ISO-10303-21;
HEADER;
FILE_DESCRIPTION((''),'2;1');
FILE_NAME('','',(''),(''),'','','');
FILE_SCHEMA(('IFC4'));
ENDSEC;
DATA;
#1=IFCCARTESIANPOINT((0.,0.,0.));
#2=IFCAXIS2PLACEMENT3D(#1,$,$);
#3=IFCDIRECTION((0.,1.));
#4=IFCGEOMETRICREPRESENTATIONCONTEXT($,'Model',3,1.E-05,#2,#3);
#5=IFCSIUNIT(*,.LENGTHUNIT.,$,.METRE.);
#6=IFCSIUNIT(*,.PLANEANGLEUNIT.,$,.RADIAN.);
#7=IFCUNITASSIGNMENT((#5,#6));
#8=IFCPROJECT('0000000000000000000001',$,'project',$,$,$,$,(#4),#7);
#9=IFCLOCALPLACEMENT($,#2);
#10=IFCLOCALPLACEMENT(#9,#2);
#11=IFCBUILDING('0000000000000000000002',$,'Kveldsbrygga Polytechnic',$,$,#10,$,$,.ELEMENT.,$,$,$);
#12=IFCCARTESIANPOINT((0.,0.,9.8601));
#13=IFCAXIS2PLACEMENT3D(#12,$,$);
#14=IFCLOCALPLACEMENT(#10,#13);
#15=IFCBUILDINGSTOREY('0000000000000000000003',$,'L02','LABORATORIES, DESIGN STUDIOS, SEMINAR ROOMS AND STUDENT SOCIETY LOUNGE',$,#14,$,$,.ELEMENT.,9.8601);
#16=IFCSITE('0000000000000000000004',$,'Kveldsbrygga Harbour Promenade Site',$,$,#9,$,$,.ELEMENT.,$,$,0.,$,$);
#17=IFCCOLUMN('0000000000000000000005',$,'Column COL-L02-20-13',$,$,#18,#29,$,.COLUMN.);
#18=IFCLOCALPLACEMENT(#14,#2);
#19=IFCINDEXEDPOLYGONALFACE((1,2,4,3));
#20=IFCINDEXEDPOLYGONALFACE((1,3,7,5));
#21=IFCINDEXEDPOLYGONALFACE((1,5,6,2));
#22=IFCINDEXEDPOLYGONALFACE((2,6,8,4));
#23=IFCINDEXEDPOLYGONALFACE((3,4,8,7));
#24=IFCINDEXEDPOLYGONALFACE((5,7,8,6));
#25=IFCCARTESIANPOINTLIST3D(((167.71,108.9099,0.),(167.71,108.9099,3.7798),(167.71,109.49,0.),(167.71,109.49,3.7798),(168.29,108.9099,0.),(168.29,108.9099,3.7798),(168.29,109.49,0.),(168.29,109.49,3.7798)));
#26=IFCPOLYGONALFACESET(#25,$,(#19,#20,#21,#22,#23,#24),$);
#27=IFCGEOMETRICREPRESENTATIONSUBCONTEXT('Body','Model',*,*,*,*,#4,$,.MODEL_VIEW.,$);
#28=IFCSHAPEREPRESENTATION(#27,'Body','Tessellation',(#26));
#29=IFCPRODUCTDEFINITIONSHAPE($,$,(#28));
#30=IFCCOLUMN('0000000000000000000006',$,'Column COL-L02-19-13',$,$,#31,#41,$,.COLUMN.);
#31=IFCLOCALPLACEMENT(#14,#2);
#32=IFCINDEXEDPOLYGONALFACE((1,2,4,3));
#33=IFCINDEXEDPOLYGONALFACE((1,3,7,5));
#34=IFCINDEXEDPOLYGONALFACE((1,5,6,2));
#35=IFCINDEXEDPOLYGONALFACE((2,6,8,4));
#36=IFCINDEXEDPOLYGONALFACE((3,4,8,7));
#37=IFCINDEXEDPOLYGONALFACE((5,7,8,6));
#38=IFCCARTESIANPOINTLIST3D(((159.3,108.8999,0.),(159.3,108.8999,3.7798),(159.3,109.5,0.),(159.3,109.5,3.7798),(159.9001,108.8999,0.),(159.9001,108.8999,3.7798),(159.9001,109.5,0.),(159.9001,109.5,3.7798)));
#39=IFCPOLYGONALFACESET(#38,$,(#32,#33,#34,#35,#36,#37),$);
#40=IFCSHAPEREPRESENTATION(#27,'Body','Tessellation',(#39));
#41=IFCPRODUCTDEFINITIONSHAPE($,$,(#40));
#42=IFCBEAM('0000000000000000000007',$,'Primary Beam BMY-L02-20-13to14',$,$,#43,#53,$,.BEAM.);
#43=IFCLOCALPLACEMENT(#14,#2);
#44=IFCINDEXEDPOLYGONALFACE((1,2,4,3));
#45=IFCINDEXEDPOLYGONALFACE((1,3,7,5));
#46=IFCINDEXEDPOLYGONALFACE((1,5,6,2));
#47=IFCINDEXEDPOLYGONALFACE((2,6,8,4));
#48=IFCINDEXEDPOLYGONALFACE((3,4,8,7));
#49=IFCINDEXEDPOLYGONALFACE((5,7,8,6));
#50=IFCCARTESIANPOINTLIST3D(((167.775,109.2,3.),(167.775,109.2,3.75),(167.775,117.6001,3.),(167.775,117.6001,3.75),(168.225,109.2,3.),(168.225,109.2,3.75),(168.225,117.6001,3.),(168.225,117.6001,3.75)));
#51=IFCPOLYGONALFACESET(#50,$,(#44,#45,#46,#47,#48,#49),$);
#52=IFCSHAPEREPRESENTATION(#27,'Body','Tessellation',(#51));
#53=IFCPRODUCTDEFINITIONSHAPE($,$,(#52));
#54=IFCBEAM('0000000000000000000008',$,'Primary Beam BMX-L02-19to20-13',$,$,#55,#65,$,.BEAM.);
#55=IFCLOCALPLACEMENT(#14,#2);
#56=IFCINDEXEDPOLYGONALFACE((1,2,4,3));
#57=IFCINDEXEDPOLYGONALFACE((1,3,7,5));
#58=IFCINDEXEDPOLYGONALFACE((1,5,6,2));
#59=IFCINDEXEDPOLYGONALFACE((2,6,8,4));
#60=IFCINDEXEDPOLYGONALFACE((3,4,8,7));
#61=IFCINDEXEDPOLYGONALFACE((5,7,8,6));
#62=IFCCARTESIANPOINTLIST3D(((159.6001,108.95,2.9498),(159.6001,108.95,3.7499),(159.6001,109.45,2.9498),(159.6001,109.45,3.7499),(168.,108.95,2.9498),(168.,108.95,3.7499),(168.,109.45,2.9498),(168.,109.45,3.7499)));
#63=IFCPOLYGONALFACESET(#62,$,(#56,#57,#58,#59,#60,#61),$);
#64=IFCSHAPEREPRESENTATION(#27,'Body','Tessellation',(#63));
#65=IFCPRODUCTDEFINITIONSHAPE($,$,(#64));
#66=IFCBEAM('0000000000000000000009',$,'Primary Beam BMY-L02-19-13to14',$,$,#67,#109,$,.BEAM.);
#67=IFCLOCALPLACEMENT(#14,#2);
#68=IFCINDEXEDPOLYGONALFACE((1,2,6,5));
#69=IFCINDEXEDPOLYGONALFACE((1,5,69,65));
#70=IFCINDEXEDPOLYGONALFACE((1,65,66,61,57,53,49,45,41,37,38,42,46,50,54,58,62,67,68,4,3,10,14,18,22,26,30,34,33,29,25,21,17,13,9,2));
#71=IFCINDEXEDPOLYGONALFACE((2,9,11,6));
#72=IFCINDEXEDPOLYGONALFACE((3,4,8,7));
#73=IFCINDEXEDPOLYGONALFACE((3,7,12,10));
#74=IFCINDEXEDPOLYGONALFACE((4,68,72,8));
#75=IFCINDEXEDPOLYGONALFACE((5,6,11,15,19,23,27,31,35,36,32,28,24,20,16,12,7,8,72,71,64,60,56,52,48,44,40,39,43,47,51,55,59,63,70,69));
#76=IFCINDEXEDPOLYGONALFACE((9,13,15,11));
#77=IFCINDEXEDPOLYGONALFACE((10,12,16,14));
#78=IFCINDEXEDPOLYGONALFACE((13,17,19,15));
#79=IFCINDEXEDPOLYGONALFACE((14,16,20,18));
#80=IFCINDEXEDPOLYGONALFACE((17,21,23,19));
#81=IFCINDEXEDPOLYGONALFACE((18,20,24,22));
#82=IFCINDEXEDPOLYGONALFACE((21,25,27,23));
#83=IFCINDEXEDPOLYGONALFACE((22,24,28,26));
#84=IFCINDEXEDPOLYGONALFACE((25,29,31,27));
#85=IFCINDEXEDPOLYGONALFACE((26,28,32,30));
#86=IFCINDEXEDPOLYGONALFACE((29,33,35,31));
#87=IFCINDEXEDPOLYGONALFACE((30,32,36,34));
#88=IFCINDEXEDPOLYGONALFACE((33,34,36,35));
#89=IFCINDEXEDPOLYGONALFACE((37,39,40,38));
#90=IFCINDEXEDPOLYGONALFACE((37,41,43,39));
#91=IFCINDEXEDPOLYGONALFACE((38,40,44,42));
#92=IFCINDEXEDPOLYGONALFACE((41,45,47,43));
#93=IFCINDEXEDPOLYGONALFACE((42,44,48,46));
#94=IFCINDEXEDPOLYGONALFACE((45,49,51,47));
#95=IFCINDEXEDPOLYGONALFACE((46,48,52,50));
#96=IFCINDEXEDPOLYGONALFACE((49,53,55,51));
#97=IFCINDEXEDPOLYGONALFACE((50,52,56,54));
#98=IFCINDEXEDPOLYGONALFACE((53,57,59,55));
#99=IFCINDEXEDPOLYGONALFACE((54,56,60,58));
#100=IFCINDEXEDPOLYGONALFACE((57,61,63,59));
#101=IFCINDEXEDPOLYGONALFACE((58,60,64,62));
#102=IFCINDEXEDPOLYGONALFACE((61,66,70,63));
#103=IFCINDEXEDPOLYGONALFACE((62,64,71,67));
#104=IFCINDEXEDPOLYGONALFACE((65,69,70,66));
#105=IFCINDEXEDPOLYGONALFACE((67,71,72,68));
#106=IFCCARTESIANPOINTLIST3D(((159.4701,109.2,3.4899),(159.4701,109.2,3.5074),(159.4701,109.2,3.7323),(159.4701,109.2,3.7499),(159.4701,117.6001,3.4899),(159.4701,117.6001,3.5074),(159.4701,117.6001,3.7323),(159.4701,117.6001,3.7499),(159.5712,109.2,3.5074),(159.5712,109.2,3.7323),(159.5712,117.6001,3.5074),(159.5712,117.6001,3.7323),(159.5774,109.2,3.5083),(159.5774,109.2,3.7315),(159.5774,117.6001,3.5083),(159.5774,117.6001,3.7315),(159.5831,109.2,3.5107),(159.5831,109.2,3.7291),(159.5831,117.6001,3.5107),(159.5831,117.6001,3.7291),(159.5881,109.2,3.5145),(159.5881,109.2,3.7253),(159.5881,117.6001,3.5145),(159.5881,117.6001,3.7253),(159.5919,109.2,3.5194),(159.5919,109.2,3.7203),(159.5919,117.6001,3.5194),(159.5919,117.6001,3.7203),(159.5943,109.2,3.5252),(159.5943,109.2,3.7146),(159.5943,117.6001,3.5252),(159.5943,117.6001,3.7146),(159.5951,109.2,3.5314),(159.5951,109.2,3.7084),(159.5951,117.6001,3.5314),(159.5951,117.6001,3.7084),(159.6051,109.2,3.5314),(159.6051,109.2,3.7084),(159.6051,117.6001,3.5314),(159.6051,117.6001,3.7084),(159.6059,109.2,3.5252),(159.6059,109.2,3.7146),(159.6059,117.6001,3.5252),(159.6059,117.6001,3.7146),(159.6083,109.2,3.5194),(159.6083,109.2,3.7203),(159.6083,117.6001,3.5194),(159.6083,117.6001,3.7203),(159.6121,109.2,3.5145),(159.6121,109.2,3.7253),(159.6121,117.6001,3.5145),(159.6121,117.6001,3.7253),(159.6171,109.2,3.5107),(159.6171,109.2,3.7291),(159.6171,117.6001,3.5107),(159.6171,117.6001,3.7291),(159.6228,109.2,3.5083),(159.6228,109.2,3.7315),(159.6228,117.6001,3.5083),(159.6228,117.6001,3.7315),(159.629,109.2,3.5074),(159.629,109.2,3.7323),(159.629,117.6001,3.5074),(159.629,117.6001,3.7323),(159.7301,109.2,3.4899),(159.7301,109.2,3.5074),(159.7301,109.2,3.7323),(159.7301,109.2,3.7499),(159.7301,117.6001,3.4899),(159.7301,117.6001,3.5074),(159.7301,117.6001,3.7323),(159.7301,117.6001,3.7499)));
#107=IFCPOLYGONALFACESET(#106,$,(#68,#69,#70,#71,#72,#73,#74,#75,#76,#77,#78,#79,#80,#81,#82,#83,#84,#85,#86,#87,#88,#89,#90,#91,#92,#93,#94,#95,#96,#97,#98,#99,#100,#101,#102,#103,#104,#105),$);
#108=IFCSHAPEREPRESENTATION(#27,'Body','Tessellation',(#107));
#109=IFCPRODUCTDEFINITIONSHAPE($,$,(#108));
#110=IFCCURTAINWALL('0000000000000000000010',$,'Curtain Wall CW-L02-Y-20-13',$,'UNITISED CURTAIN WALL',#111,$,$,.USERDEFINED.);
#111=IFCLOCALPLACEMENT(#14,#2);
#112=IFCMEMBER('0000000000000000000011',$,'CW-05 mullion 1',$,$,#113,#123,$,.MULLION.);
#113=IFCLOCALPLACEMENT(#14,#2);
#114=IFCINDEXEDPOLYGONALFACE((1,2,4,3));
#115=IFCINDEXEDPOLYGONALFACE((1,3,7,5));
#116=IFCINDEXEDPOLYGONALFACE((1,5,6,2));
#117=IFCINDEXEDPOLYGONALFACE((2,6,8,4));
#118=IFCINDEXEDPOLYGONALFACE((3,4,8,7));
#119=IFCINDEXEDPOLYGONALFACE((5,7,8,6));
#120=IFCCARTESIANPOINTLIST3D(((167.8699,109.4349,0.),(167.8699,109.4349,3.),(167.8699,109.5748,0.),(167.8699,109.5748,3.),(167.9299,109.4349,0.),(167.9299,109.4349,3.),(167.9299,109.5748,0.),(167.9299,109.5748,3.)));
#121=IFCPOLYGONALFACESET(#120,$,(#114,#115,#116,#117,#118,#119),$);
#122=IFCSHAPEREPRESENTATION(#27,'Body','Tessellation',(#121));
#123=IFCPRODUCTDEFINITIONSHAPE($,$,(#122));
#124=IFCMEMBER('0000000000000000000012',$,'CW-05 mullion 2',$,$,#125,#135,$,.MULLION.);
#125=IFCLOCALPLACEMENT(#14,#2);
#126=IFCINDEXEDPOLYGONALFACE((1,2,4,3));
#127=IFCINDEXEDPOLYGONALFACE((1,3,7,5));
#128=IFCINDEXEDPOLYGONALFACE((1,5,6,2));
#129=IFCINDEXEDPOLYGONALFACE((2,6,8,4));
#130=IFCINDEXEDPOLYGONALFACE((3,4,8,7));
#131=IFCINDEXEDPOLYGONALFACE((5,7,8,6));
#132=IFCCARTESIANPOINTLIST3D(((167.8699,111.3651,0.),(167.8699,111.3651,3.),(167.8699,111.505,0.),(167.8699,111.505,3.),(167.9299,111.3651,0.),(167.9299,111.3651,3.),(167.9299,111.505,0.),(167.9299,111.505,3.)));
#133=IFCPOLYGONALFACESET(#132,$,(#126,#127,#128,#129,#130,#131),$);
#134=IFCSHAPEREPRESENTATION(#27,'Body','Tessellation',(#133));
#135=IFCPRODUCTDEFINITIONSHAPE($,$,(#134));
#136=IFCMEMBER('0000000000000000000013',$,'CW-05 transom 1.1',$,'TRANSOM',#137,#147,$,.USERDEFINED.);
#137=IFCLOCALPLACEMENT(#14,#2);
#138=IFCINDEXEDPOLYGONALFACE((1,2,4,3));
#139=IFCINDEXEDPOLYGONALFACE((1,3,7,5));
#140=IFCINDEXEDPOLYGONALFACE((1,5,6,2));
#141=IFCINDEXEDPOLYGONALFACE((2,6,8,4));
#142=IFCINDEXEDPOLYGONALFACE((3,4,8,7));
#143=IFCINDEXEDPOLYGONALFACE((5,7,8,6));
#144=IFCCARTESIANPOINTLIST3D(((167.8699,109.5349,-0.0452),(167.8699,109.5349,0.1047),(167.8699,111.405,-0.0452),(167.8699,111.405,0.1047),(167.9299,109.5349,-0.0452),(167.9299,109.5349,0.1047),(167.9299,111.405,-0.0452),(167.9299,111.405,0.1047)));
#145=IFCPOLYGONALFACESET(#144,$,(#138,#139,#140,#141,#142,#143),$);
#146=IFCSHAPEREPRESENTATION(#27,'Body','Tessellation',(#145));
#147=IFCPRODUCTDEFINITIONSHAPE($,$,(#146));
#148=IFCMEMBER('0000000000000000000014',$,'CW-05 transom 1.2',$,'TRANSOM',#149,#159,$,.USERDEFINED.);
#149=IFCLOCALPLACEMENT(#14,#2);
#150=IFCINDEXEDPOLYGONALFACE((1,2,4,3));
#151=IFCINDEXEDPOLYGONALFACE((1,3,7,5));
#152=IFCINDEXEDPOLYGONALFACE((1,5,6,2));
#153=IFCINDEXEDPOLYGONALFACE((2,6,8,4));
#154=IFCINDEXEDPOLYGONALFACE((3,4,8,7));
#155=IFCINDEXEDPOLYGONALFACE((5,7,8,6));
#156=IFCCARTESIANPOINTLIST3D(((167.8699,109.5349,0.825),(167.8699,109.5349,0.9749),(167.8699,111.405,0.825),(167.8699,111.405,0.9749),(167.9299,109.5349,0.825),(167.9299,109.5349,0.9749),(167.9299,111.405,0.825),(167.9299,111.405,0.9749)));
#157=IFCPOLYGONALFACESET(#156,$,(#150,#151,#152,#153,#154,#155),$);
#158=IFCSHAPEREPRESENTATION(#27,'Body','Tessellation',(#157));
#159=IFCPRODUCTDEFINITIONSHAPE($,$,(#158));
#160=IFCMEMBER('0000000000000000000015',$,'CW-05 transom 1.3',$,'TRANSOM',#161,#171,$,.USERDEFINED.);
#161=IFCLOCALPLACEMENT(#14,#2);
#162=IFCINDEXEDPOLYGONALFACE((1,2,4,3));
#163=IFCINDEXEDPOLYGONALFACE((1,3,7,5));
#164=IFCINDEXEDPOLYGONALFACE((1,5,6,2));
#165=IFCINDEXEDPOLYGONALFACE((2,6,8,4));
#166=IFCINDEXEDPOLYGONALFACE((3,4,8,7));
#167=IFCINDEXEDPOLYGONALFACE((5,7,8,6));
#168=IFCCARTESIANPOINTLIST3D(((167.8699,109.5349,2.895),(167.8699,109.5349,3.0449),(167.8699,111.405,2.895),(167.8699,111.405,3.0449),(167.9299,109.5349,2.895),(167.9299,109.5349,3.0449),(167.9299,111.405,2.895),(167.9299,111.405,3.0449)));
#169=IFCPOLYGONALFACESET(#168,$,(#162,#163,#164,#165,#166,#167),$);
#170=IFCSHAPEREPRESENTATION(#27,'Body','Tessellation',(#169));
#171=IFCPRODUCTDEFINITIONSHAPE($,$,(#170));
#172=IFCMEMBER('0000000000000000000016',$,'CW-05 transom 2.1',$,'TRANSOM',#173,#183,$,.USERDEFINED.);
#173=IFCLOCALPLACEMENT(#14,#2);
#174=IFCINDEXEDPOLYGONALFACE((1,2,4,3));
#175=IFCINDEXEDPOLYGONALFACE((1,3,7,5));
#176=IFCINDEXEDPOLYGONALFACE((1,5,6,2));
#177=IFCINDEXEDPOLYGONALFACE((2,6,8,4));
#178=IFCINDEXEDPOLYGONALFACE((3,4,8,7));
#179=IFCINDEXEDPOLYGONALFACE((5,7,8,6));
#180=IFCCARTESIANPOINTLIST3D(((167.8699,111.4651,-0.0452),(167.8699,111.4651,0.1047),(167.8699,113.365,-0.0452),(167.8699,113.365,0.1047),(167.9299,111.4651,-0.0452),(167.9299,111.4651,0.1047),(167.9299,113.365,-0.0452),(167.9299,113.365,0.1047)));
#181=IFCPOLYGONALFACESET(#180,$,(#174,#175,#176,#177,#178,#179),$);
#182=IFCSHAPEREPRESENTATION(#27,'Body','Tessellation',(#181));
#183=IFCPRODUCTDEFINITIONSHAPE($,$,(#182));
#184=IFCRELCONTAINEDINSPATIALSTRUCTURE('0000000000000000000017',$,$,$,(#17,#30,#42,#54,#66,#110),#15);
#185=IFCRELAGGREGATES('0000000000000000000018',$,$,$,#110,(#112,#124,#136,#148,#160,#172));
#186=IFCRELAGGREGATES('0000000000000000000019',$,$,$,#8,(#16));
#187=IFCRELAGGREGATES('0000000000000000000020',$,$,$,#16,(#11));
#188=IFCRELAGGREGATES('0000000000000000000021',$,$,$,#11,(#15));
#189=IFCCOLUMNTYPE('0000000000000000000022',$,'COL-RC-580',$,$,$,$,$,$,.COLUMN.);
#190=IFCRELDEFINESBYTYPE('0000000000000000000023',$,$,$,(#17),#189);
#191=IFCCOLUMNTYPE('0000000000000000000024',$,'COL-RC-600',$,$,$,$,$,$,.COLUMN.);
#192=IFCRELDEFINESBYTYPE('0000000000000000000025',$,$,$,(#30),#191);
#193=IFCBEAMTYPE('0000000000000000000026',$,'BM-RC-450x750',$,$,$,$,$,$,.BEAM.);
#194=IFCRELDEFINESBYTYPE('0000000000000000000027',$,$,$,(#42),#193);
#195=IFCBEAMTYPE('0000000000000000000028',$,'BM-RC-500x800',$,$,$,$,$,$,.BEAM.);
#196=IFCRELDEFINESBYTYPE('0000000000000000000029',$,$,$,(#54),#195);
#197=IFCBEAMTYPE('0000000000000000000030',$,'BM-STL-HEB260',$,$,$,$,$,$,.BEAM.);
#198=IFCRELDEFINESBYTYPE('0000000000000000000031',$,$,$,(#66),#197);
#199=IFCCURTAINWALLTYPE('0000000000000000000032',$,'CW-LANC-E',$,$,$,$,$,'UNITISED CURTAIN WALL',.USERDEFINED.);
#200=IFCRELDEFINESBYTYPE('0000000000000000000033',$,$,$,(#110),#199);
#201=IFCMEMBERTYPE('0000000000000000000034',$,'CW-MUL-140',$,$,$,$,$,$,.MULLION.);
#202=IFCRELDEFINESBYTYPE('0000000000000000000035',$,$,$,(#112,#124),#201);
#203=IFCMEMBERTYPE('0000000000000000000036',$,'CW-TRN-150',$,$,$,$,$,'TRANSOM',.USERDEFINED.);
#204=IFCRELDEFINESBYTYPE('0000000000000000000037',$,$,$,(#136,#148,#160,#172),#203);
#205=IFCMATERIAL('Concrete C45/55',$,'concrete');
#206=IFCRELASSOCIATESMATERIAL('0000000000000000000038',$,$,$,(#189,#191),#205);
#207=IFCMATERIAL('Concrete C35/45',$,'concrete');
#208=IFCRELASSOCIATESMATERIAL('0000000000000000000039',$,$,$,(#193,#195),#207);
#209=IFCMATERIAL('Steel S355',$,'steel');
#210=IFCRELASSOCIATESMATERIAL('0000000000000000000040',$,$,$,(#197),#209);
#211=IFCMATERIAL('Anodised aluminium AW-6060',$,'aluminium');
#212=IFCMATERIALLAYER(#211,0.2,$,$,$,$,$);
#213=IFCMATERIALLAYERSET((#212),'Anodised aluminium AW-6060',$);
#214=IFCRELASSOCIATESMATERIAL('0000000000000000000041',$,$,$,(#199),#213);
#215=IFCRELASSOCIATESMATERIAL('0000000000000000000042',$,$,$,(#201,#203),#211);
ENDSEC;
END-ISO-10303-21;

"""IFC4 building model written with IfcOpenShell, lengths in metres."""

from ifc_helpers import new_model, si_unit, direction, frame, origin, origin_2d, place, context, subcontext, project, spatial, rectangle, i_section, extrude, material, layer, layer_set, material_profile, profile_set, type_object, element, aggregate, save


model = new_model("IFC4")

# Units and contexts
model_context = context("Model", 3, precision=1e-05, world=origin(), true_north=direction((0.0, 1.0)))
body_context = subcontext(model_context, "Body", "Model", "MODEL_VIEW")
ifc_project = project(units=[si_unit("LENGTHUNIT", "METRE"), si_unit("PLANEANGLEUNIT", "RADIAN")], contexts=[model_context])

# Site, building, storey
site_placement = place(None, origin())
site = spatial("IfcSite", under=ifc_project, at=site_placement, Name="Kveldsbrygga Harbour Promenade Site", CompositionType="ELEMENT", RefElevation=0.0)
building_placement = place(site_placement, origin())
building = spatial("IfcBuilding", under=site, at=building_placement, Name="Kveldsbrygga Polytechnic", CompositionType="ELEMENT")
storey_placement = place(building_placement, frame((0.0, 0.0, 9.8601)))
storey = spatial("IfcBuildingStorey", under=building, at=storey_placement, Name="L02", Description="LABORATORIES, DESIGN STUDIOS, SEMINAR ROOMS AND STUDENT SOCIETY LOUNGE", CompositionType="ELEMENT", Elevation=9.8601)

# Columns
ifc_material_1 = material(Name="Concrete C45/55", Category="concrete")
ifc_material_profile_1 = material_profile(ifc_material_1, rectangle(XDim=0.5801, YDim=0.5801, at=origin_2d()), Name="RC 580x580")
ifc_profile_set_1 = profile_set([ifc_material_profile_1], Name="Concrete C45/55")
column_type_1 = type_object("IfcColumnType", Name="COL-RC-580", PredefinedType="COLUMN", material=ifc_profile_set_1)
column_1_placement = place(storey_placement, frame((168.0, 109.2, 0.0), z_axis=(0.0, 0.0, 1.0), x_axis=(1.0, 0.0, 0.0)))
element("IfcColumn", 1, at=column_1_placement, inside=storey, type_object=column_type_1, Name="Column COL-L02-20-13", PredefinedType="COLUMN", context=body_context, shape_type="SweptSolid", body=[
    extrude(rectangle(XDim=0.5801, YDim=0.5801, at=origin_2d()), origin(), (0.0, 0.0, 1.0), 3.7798),
])
ifc_material_profile_2 = material_profile(ifc_material_1, rectangle(XDim=0.6001, YDim=0.6001, at=origin_2d()), Name="RC 600x600")
ifc_profile_set_2 = profile_set([ifc_material_profile_2], Name="Concrete C45/55")
column_type_2 = type_object("IfcColumnType", Name="COL-RC-600", PredefinedType="COLUMN", material=ifc_profile_set_2)
column_2_placement = place(storey_placement, frame((159.6001, 109.2, 0.0), z_axis=(0.0, 0.0, 1.0), x_axis=(1.0, 0.0, 0.0)))
element("IfcColumn", 2, at=column_2_placement, inside=storey, type_object=column_type_2, Name="Column COL-L02-19-13", PredefinedType="COLUMN", context=body_context, shape_type="SweptSolid", body=[
    extrude(rectangle(XDim=0.6001, YDim=0.6001, at=origin_2d()), origin(), (0.0, 0.0, 1.0), 3.7798),
])

# Beams
ifc_material_2 = material(Name="Concrete C35/45", Category="concrete")
ifc_material_profile_3 = material_profile(ifc_material_2, rectangle(XDim=0.45, YDim=0.75, at=origin_2d()), Name="RC 450x750")
ifc_profile_set_3 = profile_set([ifc_material_profile_3], Name="Concrete C35/45")
beam_type_1 = type_object("IfcBeamType", Name="BM-RC-450x750", PredefinedType="BEAM", material=ifc_profile_set_3)
beam_1_placement = place(storey_placement, frame((168.0, 109.2, 3.375), z_axis=(0.0, 1.0, 0.0), x_axis=(-1.0, 0.0, 0.0)))
element("IfcBeam", 3, at=beam_1_placement, inside=storey, type_object=beam_type_1, Name="Primary Beam BMY-L02-20-13to14", PredefinedType="BEAM", context=body_context, shape_type="SweptSolid", body=[
    extrude(rectangle(XDim=0.45, YDim=0.75, at=origin_2d()), origin(), (0.0, 0.0, 1.0), 8.4001),
])
ifc_material_profile_4 = material_profile(ifc_material_2, rectangle(XDim=0.5, YDim=0.8, at=origin_2d()), Name="RC 500x800")
ifc_profile_set_4 = profile_set([ifc_material_profile_4], Name="Concrete C35/45")
beam_type_2 = type_object("IfcBeamType", Name="BM-RC-500x800", PredefinedType="BEAM", material=ifc_profile_set_4)
beam_2_placement = place(storey_placement, frame((159.6001, 109.2, 3.3499), z_axis=(1.0, 0.0, 0.0), x_axis=(0.0, 1.0, 0.0)))
element("IfcBeam", 4, at=beam_2_placement, inside=storey, type_object=beam_type_2, Name="Primary Beam BMX-L02-19to20-13", PredefinedType="BEAM", context=body_context, shape_type="SweptSolid", body=[
    extrude(rectangle(XDim=0.5, YDim=0.8, at=origin_2d()), origin(), (0.0, 0.0, 1.0), 8.3999),
])
ifc_material_3 = material(Name="Steel S355", Category="steel")
ifc_material_profile_5 = material_profile(ifc_material_3, i_section(OverallWidth=0.26, OverallDepth=0.26, WebThickness=0.01, FlangeThickness=0.0176, FilletRadius=0.0239, at=origin_2d()), Name="HEB 260")
ifc_profile_set_5 = profile_set([ifc_material_profile_5], Name="Steel S355")
beam_type_3 = type_object("IfcBeamType", Name="BM-STL-HEB260", PredefinedType="BEAM", material=ifc_profile_set_5)
beam_3_placement = place(storey_placement, frame((159.6001, 109.2, 3.6199), z_axis=(0.0, 1.0, 0.0), x_axis=(-1.0, 0.0, 0.0)))
element("IfcBeam", 5, at=beam_3_placement, inside=storey, type_object=beam_type_3, Name="Primary Beam BMY-L02-19-13to14", PredefinedType="BEAM", context=body_context, shape_type="SweptSolid", body=[
    extrude(i_section(OverallWidth=0.26, OverallDepth=0.26, WebThickness=0.01, FlangeThickness=0.0176, FilletRadius=0.0239, at=origin_2d()), origin(), (0.0, 0.0, 1.0), 8.4001),
])

# Curtain wall, members
ifc_material_4 = material(Name="Anodised aluminium AW-6060", Category="aluminium")
ifc_layer_1 = layer(ifc_material_4, 0.2)
ifc_layer_set_1 = layer_set([ifc_layer_1], Name="Anodised aluminium AW-6060")
curtain_wall_type = type_object("IfcCurtainWallType", Name="CW-LANC-E", ElementType="UNITISED CURTAIN WALL", PredefinedType="USERDEFINED", material=ifc_layer_set_1)
curtain_wall_placement = place(storey_placement, origin())
curtain_wall = element("IfcCurtainWall", 6, at=curtain_wall_placement, inside=storey, type_object=curtain_wall_type, Name="Curtain Wall CW-L02-Y-20-13", ObjectType="UNITISED CURTAIN WALL", PredefinedType="USERDEFINED")
ifc_material_profile_6 = material_profile(ifc_material_4, rectangle(XDim=0.0601, YDim=0.1399, at=origin_2d()), Name="ALU 60x140")
ifc_profile_set_6 = profile_set([ifc_material_profile_6], Name="Anodised aluminium AW-6060")
member_type_1 = type_object("IfcMemberType", Name="CW-MUL-140", PredefinedType="MULLION", material=ifc_profile_set_6)
member_1_placement = place(storey_placement, frame((167.8999, 109.5049, 0.0), z_axis=(0.0, 0.0, 1.0), x_axis=(-1.0, 0.0, 0.0)))
member_1 = element("IfcMember", 7, at=member_1_placement, type_object=member_type_1, Name="CW-05 mullion 1", PredefinedType="MULLION", context=body_context, shape_type="SweptSolid", body=[
    extrude(rectangle(XDim=0.0601, YDim=0.1399, at=origin_2d()), origin(), (0.0, 0.0, 1.0), 3.0),
])
member_2_placement = place(storey_placement, frame((167.8999, 111.4351, 0.0), z_axis=(0.0, 0.0, 1.0), x_axis=(-1.0, 0.0, 0.0)))
member_2 = element("IfcMember", 8, at=member_2_placement, type_object=member_type_1, Name="CW-05 mullion 2", PredefinedType="MULLION", context=body_context, shape_type="SweptSolid", body=[
    extrude(rectangle(XDim=0.0601, YDim=0.1399, at=origin_2d()), origin(), (0.0, 0.0, 1.0), 3.0),
])
ifc_material_profile_7 = material_profile(ifc_material_4, rectangle(XDim=0.0601, YDim=0.1499, at=origin_2d()), Name="ALU 60x150")
ifc_profile_set_7 = profile_set([ifc_material_profile_7], Name="Anodised aluminium AW-6060")
member_type_2 = type_object("IfcMemberType", Name="CW-TRN-150", ElementType="TRANSOM", PredefinedType="USERDEFINED", material=ifc_profile_set_7)
member_3_placement = place(storey_placement, frame((167.8999, 109.5349, 0.0298), z_axis=(0.0, 1.0, 0.0), x_axis=(-1.0, 0.0, 0.0)))
member_3 = element("IfcMember", 9, at=member_3_placement, type_object=member_type_2, Name="CW-05 transom 1.1", ObjectType="TRANSOM", PredefinedType="USERDEFINED", context=body_context, shape_type="SweptSolid", body=[
    extrude(rectangle(XDim=0.0601, YDim=0.1499, at=origin_2d()), origin(), (0.0, 0.0, 1.0), 1.8701),
])
member_4_placement = place(storey_placement, frame((167.8999, 109.5349, 0.8999), z_axis=(0.0, 1.0, 0.0), x_axis=(-1.0, 0.0, 0.0)))
member_4 = element("IfcMember", 10, at=member_4_placement, type_object=member_type_2, Name="CW-05 transom 1.2", ObjectType="TRANSOM", PredefinedType="USERDEFINED", context=body_context, shape_type="SweptSolid", body=[
    extrude(rectangle(XDim=0.0601, YDim=0.1499, at=origin_2d()), origin(), (0.0, 0.0, 1.0), 1.8701),
])
member_5_placement = place(storey_placement, frame((167.8999, 109.5349, 2.97), z_axis=(0.0, 1.0, 0.0), x_axis=(-1.0, 0.0, 0.0)))
member_5 = element("IfcMember", 11, at=member_5_placement, type_object=member_type_2, Name="CW-05 transom 1.3", ObjectType="TRANSOM", PredefinedType="USERDEFINED", context=body_context, shape_type="SweptSolid", body=[
    extrude(rectangle(XDim=0.0601, YDim=0.1499, at=origin_2d()), origin(), (0.0, 0.0, 1.0), 1.8701),
])
member_6_placement = place(storey_placement, frame((167.8999, 111.4651, 0.0298), z_axis=(0.0, 1.0, 0.0), x_axis=(-1.0, 0.0, 0.0)))
member_6 = element("IfcMember", 12, at=member_6_placement, type_object=member_type_2, Name="CW-05 transom 2.1", ObjectType="TRANSOM", PredefinedType="USERDEFINED", context=body_context, shape_type="SweptSolid", body=[
    extrude(rectangle(XDim=0.0601, YDim=0.1499, at=origin_2d()), origin(), (0.0, 0.0, 1.0), 1.8999),
])
aggregate(curtain_wall, [member_1, member_2, member_3, member_4, member_5, member_6])

save(model, "model.ifc")
